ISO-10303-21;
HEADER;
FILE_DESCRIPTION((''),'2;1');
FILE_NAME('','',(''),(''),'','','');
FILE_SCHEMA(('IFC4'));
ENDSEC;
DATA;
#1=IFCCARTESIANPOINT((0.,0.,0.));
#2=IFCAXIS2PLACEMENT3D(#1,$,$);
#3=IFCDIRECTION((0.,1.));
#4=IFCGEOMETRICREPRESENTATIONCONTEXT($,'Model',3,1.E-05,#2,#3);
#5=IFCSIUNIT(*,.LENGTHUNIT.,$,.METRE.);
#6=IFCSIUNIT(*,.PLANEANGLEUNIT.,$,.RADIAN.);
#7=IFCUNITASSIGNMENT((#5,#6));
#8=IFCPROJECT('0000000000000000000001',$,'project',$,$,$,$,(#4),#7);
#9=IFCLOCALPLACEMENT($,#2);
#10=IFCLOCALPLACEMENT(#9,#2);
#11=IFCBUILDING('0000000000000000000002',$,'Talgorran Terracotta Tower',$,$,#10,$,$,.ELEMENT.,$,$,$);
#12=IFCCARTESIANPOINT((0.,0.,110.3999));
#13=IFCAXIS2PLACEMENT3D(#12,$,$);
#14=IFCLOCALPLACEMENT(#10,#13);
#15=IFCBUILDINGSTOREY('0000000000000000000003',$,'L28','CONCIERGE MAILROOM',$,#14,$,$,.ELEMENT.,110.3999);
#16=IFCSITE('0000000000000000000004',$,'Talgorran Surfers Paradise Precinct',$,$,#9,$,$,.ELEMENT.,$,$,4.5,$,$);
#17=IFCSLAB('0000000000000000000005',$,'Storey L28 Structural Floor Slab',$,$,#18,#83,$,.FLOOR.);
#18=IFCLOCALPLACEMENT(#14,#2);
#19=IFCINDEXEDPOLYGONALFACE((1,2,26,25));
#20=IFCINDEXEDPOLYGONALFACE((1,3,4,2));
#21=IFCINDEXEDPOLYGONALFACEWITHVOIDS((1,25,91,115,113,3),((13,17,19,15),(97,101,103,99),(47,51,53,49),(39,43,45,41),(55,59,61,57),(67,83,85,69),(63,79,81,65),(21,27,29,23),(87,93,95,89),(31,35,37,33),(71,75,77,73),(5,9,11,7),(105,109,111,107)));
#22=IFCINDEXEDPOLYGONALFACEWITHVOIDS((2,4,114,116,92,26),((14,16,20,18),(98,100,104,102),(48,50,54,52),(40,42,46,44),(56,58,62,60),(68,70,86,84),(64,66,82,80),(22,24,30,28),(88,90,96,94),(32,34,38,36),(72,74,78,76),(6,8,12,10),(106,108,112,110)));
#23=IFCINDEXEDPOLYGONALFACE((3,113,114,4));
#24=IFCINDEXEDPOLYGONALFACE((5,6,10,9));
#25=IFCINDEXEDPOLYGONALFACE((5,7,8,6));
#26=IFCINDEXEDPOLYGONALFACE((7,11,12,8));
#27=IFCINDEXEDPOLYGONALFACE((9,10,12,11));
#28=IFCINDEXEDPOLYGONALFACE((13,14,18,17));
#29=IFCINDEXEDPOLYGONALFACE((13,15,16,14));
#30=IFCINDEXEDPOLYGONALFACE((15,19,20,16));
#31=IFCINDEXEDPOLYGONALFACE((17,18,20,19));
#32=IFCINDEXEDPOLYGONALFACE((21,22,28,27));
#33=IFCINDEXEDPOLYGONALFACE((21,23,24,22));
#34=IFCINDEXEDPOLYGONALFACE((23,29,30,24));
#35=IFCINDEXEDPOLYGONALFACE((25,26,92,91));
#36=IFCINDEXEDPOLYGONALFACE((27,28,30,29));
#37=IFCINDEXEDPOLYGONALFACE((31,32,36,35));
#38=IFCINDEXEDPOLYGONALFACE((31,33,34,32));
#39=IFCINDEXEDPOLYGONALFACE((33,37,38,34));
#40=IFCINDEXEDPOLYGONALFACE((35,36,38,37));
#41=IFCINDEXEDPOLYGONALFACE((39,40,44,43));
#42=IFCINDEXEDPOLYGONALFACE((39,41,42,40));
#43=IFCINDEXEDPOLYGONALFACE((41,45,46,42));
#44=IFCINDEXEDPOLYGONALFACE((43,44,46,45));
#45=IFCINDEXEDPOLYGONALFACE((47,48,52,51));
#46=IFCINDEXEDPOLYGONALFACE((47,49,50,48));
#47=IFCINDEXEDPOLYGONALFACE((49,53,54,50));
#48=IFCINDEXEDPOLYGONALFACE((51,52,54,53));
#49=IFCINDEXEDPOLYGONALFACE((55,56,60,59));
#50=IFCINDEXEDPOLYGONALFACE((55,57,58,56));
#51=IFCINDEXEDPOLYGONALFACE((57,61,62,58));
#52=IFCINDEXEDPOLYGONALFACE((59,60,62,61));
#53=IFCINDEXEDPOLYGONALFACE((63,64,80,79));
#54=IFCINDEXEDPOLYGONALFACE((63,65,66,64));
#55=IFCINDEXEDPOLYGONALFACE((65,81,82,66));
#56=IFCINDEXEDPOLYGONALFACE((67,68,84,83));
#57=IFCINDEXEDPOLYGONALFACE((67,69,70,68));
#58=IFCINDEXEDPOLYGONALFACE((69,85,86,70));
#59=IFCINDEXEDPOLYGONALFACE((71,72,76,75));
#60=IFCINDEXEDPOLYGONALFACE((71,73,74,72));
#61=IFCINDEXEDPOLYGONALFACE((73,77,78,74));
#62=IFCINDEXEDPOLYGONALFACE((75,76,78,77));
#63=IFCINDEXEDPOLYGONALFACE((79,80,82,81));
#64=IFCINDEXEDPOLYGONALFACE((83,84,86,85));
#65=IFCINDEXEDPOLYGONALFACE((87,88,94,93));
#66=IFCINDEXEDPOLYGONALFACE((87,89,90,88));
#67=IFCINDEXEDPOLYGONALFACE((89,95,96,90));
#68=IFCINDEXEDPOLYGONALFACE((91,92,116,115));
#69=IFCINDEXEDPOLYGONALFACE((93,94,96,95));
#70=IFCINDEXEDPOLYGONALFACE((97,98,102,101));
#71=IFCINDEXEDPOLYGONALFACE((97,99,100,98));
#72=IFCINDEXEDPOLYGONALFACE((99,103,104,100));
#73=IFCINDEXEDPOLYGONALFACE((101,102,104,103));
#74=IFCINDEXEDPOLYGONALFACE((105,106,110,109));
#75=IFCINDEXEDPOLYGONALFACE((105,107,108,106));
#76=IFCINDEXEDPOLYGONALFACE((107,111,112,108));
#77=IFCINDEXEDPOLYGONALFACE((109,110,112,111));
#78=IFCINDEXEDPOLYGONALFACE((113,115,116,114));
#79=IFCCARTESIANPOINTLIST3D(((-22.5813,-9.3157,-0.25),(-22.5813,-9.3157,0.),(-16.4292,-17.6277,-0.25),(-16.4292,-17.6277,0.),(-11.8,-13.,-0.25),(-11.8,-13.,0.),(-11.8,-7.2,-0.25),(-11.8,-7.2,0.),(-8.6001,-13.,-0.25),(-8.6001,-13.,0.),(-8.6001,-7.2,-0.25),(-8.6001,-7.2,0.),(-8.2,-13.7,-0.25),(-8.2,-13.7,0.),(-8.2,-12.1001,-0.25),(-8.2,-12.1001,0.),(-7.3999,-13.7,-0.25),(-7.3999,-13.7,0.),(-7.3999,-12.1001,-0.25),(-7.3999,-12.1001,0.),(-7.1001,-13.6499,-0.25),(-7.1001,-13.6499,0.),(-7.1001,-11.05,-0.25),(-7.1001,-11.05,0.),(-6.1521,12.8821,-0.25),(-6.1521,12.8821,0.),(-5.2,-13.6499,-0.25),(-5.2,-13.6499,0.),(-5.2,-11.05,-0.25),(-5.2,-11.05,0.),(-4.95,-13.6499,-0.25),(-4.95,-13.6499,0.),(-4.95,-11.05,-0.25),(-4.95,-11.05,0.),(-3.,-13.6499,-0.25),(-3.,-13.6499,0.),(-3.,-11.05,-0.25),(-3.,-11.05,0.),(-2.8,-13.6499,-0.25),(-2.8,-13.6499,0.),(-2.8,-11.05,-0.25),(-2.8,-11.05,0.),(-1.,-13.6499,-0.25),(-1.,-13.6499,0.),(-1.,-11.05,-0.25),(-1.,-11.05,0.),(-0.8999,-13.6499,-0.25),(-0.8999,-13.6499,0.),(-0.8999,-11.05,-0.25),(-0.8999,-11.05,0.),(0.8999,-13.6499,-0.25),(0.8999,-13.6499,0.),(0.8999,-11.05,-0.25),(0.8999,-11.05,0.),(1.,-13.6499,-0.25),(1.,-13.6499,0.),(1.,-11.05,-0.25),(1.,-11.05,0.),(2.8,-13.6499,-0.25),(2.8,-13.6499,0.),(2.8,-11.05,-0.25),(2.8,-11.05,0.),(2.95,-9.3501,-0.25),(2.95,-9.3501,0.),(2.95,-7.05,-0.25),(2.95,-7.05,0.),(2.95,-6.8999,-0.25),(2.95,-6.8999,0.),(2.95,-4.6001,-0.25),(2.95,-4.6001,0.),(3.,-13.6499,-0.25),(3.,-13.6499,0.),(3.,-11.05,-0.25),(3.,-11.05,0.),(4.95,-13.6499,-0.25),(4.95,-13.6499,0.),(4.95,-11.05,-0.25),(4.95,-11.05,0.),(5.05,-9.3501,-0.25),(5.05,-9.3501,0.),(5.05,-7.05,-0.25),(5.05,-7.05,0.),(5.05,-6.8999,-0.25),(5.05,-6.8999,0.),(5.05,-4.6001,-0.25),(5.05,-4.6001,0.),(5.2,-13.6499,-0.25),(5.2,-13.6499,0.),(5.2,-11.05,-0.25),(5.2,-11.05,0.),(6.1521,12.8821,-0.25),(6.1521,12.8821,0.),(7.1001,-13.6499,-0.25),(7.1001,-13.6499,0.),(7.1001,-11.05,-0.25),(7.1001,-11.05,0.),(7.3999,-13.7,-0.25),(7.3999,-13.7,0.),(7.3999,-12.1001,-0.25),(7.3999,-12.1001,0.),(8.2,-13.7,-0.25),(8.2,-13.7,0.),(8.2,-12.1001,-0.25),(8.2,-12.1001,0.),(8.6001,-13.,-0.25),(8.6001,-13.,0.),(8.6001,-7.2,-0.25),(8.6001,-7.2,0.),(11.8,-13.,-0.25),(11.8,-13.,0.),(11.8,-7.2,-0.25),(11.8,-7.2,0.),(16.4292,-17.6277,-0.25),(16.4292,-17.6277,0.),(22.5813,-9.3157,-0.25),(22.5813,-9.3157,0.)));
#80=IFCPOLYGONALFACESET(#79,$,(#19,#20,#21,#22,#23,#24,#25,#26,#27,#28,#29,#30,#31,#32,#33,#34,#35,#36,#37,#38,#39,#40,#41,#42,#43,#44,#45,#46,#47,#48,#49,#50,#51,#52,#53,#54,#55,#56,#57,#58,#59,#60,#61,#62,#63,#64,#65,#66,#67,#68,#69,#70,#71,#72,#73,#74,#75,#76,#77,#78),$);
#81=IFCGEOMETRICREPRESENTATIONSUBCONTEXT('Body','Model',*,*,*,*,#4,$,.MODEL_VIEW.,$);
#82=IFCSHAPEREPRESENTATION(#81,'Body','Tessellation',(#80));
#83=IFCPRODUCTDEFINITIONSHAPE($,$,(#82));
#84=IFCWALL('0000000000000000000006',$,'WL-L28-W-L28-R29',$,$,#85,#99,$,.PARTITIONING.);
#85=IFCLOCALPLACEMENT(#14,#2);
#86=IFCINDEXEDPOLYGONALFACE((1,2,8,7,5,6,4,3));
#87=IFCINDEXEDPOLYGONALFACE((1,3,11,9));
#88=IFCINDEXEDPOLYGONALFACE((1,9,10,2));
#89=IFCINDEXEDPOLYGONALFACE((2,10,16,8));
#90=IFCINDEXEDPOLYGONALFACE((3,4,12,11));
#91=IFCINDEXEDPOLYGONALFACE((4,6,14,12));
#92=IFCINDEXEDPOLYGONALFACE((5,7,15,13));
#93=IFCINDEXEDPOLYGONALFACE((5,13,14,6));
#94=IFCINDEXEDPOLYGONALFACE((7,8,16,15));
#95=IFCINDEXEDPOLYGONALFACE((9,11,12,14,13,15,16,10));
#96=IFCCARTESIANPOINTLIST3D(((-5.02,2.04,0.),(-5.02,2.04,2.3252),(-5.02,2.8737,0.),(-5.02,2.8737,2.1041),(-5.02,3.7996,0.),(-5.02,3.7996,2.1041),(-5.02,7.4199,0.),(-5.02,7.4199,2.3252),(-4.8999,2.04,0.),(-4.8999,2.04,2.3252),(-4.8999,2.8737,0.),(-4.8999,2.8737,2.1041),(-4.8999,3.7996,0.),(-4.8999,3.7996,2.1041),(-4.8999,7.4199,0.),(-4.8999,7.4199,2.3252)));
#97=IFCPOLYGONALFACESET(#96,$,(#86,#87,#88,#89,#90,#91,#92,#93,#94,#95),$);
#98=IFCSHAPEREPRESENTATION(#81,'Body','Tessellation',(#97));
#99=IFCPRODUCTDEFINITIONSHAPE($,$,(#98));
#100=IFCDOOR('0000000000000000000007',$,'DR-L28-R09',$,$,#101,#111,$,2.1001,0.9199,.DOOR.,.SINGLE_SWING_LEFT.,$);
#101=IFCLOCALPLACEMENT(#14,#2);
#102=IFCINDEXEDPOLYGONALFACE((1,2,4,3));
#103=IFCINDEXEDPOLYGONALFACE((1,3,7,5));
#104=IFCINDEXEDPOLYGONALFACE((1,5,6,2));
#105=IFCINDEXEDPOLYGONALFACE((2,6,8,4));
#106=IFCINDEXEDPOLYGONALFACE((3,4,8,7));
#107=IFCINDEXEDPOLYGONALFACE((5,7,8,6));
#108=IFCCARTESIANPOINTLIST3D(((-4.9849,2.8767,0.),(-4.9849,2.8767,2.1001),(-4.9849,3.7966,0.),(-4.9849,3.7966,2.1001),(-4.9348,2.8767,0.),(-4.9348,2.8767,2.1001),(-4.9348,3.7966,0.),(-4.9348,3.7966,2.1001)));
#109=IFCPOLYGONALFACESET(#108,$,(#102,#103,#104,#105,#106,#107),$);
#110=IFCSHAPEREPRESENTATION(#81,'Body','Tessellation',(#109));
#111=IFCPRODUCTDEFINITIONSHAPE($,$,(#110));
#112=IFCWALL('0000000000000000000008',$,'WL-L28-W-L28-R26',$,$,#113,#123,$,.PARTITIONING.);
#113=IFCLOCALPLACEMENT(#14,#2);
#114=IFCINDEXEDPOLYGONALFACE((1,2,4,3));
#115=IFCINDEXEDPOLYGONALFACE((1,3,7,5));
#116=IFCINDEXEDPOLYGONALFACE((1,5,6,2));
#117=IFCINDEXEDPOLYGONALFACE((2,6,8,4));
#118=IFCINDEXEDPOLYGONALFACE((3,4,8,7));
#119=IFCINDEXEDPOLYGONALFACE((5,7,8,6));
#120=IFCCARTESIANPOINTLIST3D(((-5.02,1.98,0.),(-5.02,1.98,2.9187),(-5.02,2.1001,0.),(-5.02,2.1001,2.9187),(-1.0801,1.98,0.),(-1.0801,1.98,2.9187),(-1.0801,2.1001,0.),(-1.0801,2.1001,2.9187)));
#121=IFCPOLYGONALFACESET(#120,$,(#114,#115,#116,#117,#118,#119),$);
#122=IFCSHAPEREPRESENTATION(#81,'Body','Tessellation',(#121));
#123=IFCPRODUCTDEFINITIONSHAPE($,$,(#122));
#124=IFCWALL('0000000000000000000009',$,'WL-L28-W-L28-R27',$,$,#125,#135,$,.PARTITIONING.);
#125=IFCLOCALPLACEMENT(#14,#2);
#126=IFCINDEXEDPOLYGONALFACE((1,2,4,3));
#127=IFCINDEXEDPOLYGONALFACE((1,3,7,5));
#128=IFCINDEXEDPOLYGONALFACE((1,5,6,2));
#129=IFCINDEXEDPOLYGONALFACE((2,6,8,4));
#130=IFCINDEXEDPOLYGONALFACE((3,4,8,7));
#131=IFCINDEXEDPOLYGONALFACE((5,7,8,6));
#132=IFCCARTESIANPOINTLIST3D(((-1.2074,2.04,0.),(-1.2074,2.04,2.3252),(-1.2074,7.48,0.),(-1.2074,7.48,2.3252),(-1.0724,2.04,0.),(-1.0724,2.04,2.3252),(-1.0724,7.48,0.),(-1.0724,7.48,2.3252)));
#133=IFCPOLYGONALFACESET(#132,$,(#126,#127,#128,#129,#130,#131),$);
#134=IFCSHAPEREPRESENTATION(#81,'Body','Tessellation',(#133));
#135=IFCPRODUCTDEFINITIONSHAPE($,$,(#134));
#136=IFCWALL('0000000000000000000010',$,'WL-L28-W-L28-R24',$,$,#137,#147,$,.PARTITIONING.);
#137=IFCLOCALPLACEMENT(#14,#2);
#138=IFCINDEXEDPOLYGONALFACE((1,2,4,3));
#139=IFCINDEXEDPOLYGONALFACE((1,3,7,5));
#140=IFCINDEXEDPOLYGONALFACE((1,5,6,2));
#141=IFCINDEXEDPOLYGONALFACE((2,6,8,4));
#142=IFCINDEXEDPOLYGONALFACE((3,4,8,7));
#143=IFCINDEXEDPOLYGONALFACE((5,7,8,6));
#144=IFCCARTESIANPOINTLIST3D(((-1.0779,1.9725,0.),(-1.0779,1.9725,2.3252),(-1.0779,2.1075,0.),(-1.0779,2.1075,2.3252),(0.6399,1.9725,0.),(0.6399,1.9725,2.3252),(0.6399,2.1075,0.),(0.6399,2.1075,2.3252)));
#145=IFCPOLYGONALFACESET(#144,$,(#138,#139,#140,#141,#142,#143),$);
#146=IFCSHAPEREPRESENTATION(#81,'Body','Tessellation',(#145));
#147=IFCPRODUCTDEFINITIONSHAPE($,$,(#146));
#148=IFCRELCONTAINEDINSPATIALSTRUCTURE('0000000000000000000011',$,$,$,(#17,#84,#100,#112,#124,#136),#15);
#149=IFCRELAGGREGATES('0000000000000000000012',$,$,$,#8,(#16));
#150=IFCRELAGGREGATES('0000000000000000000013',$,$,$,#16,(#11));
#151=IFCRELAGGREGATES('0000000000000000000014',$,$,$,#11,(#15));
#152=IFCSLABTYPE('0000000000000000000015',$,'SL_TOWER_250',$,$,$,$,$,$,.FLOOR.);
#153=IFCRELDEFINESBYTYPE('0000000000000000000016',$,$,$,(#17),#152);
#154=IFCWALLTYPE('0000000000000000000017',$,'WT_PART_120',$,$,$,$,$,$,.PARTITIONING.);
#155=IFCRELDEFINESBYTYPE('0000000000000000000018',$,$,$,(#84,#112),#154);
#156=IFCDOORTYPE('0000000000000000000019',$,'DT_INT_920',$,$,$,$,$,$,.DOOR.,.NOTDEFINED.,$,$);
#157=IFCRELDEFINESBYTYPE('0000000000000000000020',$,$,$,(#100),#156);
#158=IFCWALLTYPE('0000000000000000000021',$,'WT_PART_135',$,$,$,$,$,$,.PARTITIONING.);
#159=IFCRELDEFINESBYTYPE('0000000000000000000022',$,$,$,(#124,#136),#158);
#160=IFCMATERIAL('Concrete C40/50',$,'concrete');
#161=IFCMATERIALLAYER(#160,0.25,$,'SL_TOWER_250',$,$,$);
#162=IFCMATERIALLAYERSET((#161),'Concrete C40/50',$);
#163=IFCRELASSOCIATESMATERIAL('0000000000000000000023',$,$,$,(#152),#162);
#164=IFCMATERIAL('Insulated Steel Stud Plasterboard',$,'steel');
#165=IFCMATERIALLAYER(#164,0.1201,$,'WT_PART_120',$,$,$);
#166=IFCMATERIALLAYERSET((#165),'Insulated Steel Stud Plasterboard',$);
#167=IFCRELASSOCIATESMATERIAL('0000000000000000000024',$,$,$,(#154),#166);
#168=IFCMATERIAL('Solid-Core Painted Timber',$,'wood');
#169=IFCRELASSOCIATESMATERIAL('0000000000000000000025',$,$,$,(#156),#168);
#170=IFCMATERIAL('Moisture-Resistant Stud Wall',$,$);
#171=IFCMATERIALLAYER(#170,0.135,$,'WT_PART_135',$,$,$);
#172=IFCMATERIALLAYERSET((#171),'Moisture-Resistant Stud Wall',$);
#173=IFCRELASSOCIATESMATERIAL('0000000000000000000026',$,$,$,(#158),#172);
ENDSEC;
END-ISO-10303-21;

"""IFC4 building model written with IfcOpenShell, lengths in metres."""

from ifc_helpers import new_model, si_unit, direction, frame, frame_2d, origin, place, context, subcontext, project, spatial, polyline, rectangle, outline, extrude, material, layer, layer_set, type_object, element, fill, save


model = new_model("IFC4")

# Units and contexts
model_context = context("Model", 3, precision=1e-05, world=origin(), true_north=direction((0.0, 1.0)))
body_context = subcontext(model_context, "Body", "Model", "MODEL_VIEW")
ifc_project = project(units=[si_unit("LENGTHUNIT", "METRE"), si_unit("PLANEANGLEUNIT", "RADIAN")], contexts=[model_context])

# Site, building, storey
site_placement = place(None, origin())
site = spatial("IfcSite", under=ifc_project, at=site_placement, Name="Talgorran Surfers Paradise Precinct", CompositionType="ELEMENT", RefElevation=4.5)
building_placement = place(site_placement, origin())
building = spatial("IfcBuilding", under=site, at=building_placement, Name="Talgorran Terracotta Tower", CompositionType="ELEMENT")
storey_placement = place(building_placement, frame((0.0, 0.0, 110.3999)))
storey = spatial("IfcBuildingStorey", under=building, at=storey_placement, Name="L28", Description="CONCIERGE MAILROOM", CompositionType="ELEMENT", Elevation=110.3999)

# Slab
ifc_material_1 = material(Name="Concrete C40/50", Category="concrete")
ifc_layer_1 = layer(ifc_material_1, 0.25, Name="SL_TOWER_250")
ifc_layer_set_1 = layer_set([ifc_layer_1], Name="Concrete C40/50")
slab_type_1 = type_object("IfcSlabType", Name="SL_TOWER_250", PredefinedType="FLOOR", material=ifc_layer_set_1)
slab_1_placement = place(storey_placement, frame((0.0, 0.0, -0.25)))
element("IfcSlab", 1, at=slab_1_placement, inside=storey, type_object=slab_type_1, Name="Storey L28 Structural Floor Slab", PredefinedType="FLOOR", context=body_context, shape_type="SweptSolid", body=[
    extrude(outline(polyline([(-22.5813, -9.3157), (-16.4292, -17.6277), (16.4292, -17.6277), (22.5813, -9.3157), (6.1521, 12.8821), (-6.1521, 12.8821), (-22.5813, -9.3157)]), holes=[polyline([(-11.8, -7.2), (-11.8, -13.0), (-8.6001, -13.0), (-8.6001, -7.2), (-11.8, -7.2)]), polyline([(8.6001, -7.2), (8.6001, -13.0), (11.8, -13.0), (11.8, -7.2), (8.6001, -7.2)]), polyline([(-7.1001, -13.6499), (-5.2, -13.6499), (-5.2, -11.05), (-7.1001, -11.05), (-7.1001, -13.6499)]), polyline([(5.2, -13.6499), (7.1001, -13.6499), (7.1001, -11.05), (5.2, -11.05), (5.2, -13.6499)]), polyline([(3.0, -13.6499), (4.95, -13.6499), (4.95, -11.05), (3.0, -11.05), (3.0, -13.6499)]), polyline([(-4.95, -13.6499), (-3.0, -13.6499), (-3.0, -11.05), (-4.95, -11.05), (-4.95, -13.6499)]), polyline([(2.95, -9.3501), (5.05, -9.3501), (5.05, -7.05), (2.95, -7.05), (2.95, -9.3501)]), polyline([(2.95, -6.8999), (5.05, -6.8999), (5.05, -4.6001), (2.95, -4.6001), (2.95, -6.8999)]), polyline([(-2.8, -13.6499), (-1.0, -13.6499), (-1.0, -11.05), (-2.8, -11.05), (-2.8, -13.6499)]), polyline([(-0.8999, -13.6499), (0.8999, -13.6499), (0.8999, -11.05), (-0.8999, -11.05), (-0.8999, -13.6499)]), polyline([(1.0, -13.6499), (2.8, -13.6499), (2.8, -11.05), (1.0, -11.05), (1.0, -13.6499)]), polyline([(-8.2, -13.7), (-7.3999, -13.7), (-7.3999, -12.1001), (-8.2, -12.1001), (-8.2, -13.7)]), polyline([(7.3999, -13.7), (8.2, -13.7), (8.2, -12.1001), (7.3999, -12.1001), (7.3999, -13.7)])]), origin(), (0.0, 0.0, 1.0), 0.25),
])

# Wall, opening, door
ifc_material_2 = material(Name="Insulated Steel Stud Plasterboard", Category="steel")
ifc_layer_2 = layer(ifc_material_2, 0.1201, Name="WT_PART_120")
ifc_layer_set_2 = layer_set([ifc_layer_2], Name="Insulated Steel Stud Plasterboard")
wall_type_1 = type_object("IfcWallType", Name="WT_PART_120", PredefinedType="PARTITIONING", material=ifc_layer_set_2)
wall_1_placement = place(storey_placement, frame((-4.96, 2.04, 0.0), z_axis=(0.0, 0.0, 1.0), x_axis=(0.0, 1.0, 0.0)))
wall_1 = element("IfcWall", 2, at=wall_1_placement, inside=storey, type_object=wall_type_1, Name="WL-L28-W-L28-R29", PredefinedType="PARTITIONING", context=body_context, shape_type="SweptSolid", body=[
    extrude(rectangle(XDim=5.3799, YDim=0.1201, at=frame_2d((2.6899, 0.0))), origin(), (0.0, 0.0, 1.0), 2.3252),
])
opening_placement = place(wall_1_placement, frame((0.8367, 0.0, 0.0)))
opening = element("IfcOpeningElement", 3, at=opening_placement, cuts=wall_1, PredefinedType="OPENING", context=body_context, shape_type="SweptSolid", body=[
    extrude(rectangle(XDim=0.9259, YDim=2.1041, at=frame_2d((0.46, 1.052))), frame((0.0, 0.0701, 0.0), z_axis=(0.0, -1.0, 0.0), x_axis=(1.0, 0.0, 0.0)), (0.0, 0.0, 1.0), 0.1401),
])
ifc_material_3 = material(Name="Solid-Core Painted Timber", Category="wood")
door_type = type_object("IfcDoorType", Name="DT_INT_920", OperationType="NOTDEFINED", PredefinedType="DOOR", material=ifc_material_3)
door_placement = place(opening_placement, origin())
door = element("IfcDoor", 4, at=door_placement, inside=storey, type_object=door_type, Name="DR-L28-R09", OperationType="SINGLE_SWING_LEFT", OverallHeight=2.1001, OverallWidth=0.9199, PredefinedType="DOOR", context=body_context, shape_type="SweptSolid", body=[
    extrude(rectangle(XDim=0.9199, YDim=2.1001, at=frame_2d((0.46, 1.05))), frame((0.0, 0.0249, 0.0), z_axis=(0.0, -1.0, 0.0), x_axis=(1.0, 0.0, 0.0)), (0.0, 0.0, 1.0), 0.05),
])
fill(opening, door)

# Walls
wall_2_placement = place(storey_placement, frame((-5.02, 2.04, 0.0), z_axis=(0.0, 0.0, 1.0), x_axis=(1.0, 0.0, 0.0)))
element("IfcWall", 5, at=wall_2_placement, inside=storey, type_object=wall_type_1, Name="WL-L28-W-L28-R26", PredefinedType="PARTITIONING", context=body_context, shape_type="SweptSolid", body=[
    extrude(rectangle(XDim=3.9399, YDim=0.1201, at=frame_2d((1.97, 0.0))), origin(), (0.0, 0.0, 1.0), 2.9187),
])
ifc_material_4 = material(Name="Moisture-Resistant Stud Wall")
ifc_layer_3 = layer(ifc_material_4, 0.135, Name="WT_PART_135")
ifc_layer_set_3 = layer_set([ifc_layer_3], Name="Moisture-Resistant Stud Wall")
wall_type_2 = type_object("IfcWallType", Name="WT_PART_135", PredefinedType="PARTITIONING", material=ifc_layer_set_3)
wall_3_placement = place(storey_placement, frame((-1.1399, 2.04, 0.0), z_axis=(0.0, 0.0, 1.0), x_axis=(0.0, 1.0, 0.0)))
element("IfcWall", 6, at=wall_3_placement, inside=storey, type_object=wall_type_2, Name="WL-L28-W-L28-R27", PredefinedType="PARTITIONING", context=body_context, shape_type="SweptSolid", body=[
    extrude(rectangle(XDim=5.4399, YDim=0.135, at=frame_2d((2.72, 0.0))), origin(), (0.0, 0.0, 1.0), 2.3252),
])
wall_4_placement = place(storey_placement, frame((-1.0779, 2.04, 0.0), z_axis=(0.0, 0.0, 1.0), x_axis=(1.0, 0.0, 0.0)))
element("IfcWall", 7, at=wall_4_placement, inside=storey, type_object=wall_type_2, Name="WL-L28-W-L28-R24", PredefinedType="PARTITIONING", context=body_context, shape_type="SweptSolid", body=[
    extrude(rectangle(XDim=1.7178, YDim=0.135, at=frame_2d((0.8589, 0.0))), origin(), (0.0, 0.0, 1.0), 2.3252),
])

save(model, "model.ifc")
